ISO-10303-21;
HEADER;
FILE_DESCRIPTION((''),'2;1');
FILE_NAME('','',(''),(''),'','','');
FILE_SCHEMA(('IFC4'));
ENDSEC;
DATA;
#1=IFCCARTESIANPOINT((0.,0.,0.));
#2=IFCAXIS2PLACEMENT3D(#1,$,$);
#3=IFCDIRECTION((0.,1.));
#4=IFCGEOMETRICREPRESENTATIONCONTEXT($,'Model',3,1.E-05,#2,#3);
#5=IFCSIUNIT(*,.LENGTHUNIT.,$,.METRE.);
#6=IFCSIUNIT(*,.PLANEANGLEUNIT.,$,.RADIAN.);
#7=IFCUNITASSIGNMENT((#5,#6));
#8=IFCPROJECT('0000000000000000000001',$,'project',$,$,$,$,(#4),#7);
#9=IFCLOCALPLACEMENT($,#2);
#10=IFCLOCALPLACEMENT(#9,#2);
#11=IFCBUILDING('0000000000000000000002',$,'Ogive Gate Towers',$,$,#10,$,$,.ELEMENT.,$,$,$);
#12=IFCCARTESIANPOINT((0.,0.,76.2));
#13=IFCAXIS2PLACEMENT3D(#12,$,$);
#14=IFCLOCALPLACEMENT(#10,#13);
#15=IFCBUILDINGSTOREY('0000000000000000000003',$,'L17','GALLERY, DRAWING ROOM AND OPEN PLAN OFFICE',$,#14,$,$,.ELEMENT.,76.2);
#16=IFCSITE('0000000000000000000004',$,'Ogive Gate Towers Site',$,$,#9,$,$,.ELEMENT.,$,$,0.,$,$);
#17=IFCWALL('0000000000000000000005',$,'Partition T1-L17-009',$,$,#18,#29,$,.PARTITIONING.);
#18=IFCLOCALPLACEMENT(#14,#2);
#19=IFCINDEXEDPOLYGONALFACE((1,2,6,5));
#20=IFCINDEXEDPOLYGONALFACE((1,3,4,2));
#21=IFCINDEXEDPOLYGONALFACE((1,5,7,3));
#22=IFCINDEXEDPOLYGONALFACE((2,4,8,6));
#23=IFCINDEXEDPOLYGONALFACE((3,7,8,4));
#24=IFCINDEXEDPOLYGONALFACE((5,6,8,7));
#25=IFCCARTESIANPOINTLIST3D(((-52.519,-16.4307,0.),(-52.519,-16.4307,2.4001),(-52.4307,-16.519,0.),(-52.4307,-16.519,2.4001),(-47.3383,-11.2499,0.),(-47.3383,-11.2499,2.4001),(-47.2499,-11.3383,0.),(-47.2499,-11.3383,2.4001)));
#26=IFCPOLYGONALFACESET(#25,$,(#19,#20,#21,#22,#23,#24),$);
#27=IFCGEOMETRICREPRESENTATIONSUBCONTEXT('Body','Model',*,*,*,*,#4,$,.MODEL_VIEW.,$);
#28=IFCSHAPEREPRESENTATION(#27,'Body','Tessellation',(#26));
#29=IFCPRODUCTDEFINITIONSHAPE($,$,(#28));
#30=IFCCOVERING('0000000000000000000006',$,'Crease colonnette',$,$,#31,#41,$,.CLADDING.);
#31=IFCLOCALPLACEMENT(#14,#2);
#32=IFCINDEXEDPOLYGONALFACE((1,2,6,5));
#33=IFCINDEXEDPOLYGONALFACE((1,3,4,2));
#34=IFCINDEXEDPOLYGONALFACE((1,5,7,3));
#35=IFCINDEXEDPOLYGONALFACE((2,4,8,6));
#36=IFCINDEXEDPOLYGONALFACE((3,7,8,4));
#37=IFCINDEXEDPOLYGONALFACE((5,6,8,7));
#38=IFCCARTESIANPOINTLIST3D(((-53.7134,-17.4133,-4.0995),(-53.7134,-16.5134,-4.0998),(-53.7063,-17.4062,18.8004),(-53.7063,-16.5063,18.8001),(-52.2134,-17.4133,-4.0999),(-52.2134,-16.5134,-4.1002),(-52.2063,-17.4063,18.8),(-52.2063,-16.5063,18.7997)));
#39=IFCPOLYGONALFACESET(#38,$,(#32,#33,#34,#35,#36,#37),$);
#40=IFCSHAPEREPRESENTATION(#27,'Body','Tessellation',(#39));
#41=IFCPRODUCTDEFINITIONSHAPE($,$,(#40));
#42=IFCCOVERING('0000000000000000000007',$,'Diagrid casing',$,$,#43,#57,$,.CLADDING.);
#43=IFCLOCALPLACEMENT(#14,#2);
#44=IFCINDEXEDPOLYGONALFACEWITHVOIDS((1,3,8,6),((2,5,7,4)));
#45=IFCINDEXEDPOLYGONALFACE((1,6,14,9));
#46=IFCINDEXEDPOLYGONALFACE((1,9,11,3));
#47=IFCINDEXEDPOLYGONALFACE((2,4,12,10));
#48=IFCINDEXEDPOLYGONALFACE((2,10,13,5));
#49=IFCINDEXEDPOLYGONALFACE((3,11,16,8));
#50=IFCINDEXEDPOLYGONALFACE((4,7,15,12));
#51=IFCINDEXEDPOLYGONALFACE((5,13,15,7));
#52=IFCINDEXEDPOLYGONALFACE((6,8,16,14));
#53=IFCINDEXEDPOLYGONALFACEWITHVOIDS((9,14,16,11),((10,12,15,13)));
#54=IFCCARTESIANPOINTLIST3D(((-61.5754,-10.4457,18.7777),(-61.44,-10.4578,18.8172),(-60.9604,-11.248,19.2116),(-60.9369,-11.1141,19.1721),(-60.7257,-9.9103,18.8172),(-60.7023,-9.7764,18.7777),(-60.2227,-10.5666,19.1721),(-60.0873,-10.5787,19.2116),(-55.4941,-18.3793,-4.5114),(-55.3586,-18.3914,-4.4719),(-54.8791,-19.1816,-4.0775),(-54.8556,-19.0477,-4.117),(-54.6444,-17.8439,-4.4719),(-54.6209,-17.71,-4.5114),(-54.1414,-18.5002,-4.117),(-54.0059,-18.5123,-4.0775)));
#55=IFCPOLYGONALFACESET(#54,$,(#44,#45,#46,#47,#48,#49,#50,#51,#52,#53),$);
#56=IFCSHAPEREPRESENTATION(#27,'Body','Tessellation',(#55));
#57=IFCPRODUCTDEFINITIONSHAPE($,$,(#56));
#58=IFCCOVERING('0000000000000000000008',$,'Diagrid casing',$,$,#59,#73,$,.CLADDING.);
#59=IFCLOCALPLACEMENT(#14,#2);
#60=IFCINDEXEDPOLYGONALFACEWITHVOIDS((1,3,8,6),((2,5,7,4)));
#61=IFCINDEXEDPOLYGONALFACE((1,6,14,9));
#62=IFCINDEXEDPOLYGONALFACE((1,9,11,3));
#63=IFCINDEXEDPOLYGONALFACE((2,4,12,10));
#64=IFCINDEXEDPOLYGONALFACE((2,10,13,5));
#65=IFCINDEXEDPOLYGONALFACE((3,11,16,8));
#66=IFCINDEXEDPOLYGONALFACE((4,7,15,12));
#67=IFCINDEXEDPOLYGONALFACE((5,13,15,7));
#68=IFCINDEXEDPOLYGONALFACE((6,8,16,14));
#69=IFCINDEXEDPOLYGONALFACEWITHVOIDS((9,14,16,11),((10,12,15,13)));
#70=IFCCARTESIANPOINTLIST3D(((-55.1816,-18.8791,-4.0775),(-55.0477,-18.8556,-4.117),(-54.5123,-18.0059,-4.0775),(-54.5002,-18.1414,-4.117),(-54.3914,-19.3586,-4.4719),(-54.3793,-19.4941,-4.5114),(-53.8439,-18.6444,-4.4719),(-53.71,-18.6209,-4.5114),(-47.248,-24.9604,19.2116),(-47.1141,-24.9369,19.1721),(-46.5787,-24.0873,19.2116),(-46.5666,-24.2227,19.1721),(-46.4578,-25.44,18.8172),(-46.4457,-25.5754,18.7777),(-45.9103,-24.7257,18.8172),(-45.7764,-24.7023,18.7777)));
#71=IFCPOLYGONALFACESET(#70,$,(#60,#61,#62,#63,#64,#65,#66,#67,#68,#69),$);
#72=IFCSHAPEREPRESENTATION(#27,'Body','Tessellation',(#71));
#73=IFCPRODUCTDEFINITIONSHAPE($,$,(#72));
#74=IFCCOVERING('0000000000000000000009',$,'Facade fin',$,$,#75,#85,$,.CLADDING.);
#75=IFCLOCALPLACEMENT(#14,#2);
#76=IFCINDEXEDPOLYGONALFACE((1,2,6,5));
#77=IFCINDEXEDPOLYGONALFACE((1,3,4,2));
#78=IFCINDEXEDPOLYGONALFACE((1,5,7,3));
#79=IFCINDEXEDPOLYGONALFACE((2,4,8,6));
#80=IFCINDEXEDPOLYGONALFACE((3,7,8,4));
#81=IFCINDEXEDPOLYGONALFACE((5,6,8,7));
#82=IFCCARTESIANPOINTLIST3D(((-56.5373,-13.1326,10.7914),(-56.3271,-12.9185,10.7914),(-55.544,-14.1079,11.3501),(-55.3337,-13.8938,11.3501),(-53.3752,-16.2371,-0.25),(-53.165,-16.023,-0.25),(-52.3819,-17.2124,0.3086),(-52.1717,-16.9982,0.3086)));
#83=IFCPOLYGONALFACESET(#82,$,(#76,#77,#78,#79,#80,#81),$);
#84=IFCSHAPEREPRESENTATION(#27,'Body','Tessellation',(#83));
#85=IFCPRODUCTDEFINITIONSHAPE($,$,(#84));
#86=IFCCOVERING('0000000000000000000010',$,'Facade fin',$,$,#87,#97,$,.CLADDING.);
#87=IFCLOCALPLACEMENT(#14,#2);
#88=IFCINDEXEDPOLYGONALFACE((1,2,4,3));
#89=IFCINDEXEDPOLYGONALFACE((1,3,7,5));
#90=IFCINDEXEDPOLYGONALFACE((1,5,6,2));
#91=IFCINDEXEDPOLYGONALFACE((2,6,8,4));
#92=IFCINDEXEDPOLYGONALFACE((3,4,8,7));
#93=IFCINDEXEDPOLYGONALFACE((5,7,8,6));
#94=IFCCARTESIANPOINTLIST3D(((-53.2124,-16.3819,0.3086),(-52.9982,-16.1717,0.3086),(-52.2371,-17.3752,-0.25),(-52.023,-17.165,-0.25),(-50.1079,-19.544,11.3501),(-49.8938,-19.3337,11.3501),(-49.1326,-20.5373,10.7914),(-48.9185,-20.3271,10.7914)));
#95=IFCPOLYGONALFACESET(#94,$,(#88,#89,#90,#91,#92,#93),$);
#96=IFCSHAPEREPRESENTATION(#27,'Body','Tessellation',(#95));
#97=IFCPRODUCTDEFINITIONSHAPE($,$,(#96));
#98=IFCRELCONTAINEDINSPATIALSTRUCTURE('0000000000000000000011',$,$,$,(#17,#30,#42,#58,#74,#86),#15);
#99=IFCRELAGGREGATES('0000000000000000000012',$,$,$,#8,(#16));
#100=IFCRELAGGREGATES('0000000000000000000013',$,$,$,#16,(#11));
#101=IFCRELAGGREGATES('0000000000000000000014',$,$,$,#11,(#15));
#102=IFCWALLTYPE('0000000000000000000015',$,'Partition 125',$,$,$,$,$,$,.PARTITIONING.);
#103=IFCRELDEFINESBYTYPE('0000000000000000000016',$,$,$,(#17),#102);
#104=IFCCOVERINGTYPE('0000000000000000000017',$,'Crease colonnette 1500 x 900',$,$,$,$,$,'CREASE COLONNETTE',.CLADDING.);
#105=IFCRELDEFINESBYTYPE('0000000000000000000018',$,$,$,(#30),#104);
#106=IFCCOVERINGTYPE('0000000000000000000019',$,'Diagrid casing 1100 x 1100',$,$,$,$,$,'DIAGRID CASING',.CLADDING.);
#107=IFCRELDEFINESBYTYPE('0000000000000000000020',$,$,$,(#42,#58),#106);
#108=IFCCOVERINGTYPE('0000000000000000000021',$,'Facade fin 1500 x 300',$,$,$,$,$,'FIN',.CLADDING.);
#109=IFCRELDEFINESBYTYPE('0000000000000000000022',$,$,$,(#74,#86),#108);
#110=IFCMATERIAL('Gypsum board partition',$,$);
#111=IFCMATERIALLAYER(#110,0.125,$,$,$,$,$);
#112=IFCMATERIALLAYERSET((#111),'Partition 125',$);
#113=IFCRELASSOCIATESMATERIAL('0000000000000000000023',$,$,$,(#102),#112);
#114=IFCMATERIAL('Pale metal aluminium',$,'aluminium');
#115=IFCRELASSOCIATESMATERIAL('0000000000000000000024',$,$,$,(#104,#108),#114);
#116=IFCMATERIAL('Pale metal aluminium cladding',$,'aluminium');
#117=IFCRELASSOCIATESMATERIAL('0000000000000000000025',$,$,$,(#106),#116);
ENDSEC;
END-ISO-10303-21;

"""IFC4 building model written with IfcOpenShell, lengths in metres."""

from ifc_helpers import new_model, si_unit, direction, frame, frame_2d, origin, origin_2d, place, context, subcontext, project, spatial, rectangle, hollow_rectangle, extrude, material, layer, layer_set, material_profile, profile_set, type_object, element, save


model = new_model("IFC4")

# Units and contexts
model_context = context("Model", 3, precision=1e-05, world=origin(), true_north=direction((0.0, 1.0)))
body_context = subcontext(model_context, "Body", "Model", "MODEL_VIEW")
ifc_project = project(units=[si_unit("LENGTHUNIT", "METRE"), si_unit("PLANEANGLEUNIT", "RADIAN")], contexts=[model_context])

# Site, building, storey
site_placement = place(None, origin())
site = spatial("IfcSite", under=ifc_project, at=site_placement, Name="Ogive Gate Towers Site", CompositionType="ELEMENT", RefElevation=0.0)
building_placement = place(site_placement, origin())
building = spatial("IfcBuilding", under=site, at=building_placement, Name="Ogive Gate Towers", CompositionType="ELEMENT")
storey_placement = place(building_placement, frame((0.0, 0.0, 76.2)))
storey = spatial("IfcBuildingStorey", under=building, at=storey_placement, Name="L17", Description="GALLERY, DRAWING ROOM AND OPEN PLAN OFFICE", CompositionType="ELEMENT", Elevation=76.2)

# Shared definitions
ifc_material_1 = material(Name="Pale metal aluminium", Category="aluminium")

# Wall
ifc_material_2 = material(Name="Gypsum board partition")
ifc_layer_1 = layer(ifc_material_2, 0.125)
ifc_layer_set_1 = layer_set([ifc_layer_1], Name="Partition 125")
wall_type = type_object("IfcWallType", Name="Partition 125", PredefinedType="PARTITIONING", material=ifc_layer_set_1)
wall_placement = place(storey_placement, frame((-52.4749, -16.4749, 0.0), z_axis=(0.0, 0.0, 1.0), x_axis=(0.707107, 0.707107, 0.0)))
element("IfcWall", 1, at=wall_placement, inside=storey, type_object=wall_type, Name="Partition T1-L17-009", PredefinedType="PARTITIONING", context=body_context, shape_type="SweptSolid", body=[
    extrude(rectangle(XDim=7.3267, YDim=0.125, at=frame_2d((3.6633, 0.0))), origin(), (0.0, 0.0, 1.0), 2.4001),
])

# Coverings
ifc_material_profile_1 = material_profile(ifc_material_1, rectangle(XDim=1.5, YDim=0.8999, at=origin_2d()), Name="1500 x 900 pale metal aluminium")
ifc_profile_set_1 = profile_set([ifc_material_profile_1], Name="Pale metal aluminium")
covering_type_1 = type_object("IfcCoveringType", Name="Crease colonnette 1500 x 900", ElementType="CREASE COLONNETTE", PredefinedType="CLADDING", material=ifc_profile_set_1)
covering_placement = place(storey_placement, frame((-52.9634, -16.9634, -4.0999), z_axis=(0.000309, 0.000309, 1.0), x_axis=(1.0, 0.0, 0.0)))
element("IfcCovering", 2, at=covering_placement, inside=storey, type_object=covering_type_1, Name="Crease colonnette", PredefinedType="CLADDING", context=body_context, shape_type="SweptSolid", body=[
    extrude(rectangle(XDim=1.5, YDim=0.8999, at=origin_2d()), origin(), (0.0, 0.0, 1.0), 22.8999),
])
ifc_material_3 = material(Name="Pale metal aluminium cladding", Category="aluminium")
ifc_material_profile_2 = material_profile(ifc_material_3, hollow_rectangle(XDim=1.1001, YDim=1.1001, WallThickness=0.1001, at=origin_2d()), Name="1100 x 1100 pale metal casing")
ifc_profile_set_2 = profile_set([ifc_material_profile_2], Name="Pale metal aluminium cladding")
covering_type_2 = type_object("IfcCoveringType", Name="Diagrid casing 1100 x 1100", ElementType="DIAGRID CASING", PredefinedType="CLADDING", material=ifc_profile_set_2)
for number, where, z_axis, x_axis, name in (
    (3, (-54.75, -18.4458, -4.2944), (-0.239953, 0.31304, 0.918928), (-0.793661, -0.608361, 0.0), "Diagrid casing"),
    (4, (-54.4458, -18.75, -4.2944), (0.31304, -0.239953, 0.918928), (0.608361, 0.793661, 0.0), "Diagrid casing"),
):
    element("IfcCovering", number, at=place(storey_placement, frame(where, z_axis=z_axis, x_axis=x_axis)), inside=storey, type_object=covering_type_2, Name=name, PredefinedType="CLADDING", context=body_context, shape_type="SweptSolid", body=[
        extrude(hollow_rectangle(XDim=1.1001, YDim=1.1001, WallThickness=0.1001, at=origin_2d()), origin(), (0.0, 0.0, 1.0), 25.3438),
    ])
ifc_material_profile_3 = material_profile(ifc_material_1, rectangle(XDim=0.3, YDim=1.5, at=origin_2d()), Name="1500 x 300 pale metal aluminium")
ifc_profile_set_3 = profile_set([ifc_material_profile_3], Name="Pale metal aluminium")
covering_type_3 = type_object("IfcCoveringType", Name="Facade fin 1500 x 300", ElementType="FIN", PredefinedType="CLADDING", material=ifc_profile_set_3)
for number, where, z_axis, x_axis, name in (
    (5, (-52.7734, -16.6177, 0.0293), (-0.265778, 0.260935, 0.928049), (-0.700576, -0.713578, 0.0), "Facade fin"),
    (6, (-52.6177, -16.7734, 0.0293), (0.260935, -0.265778, 0.928049), (0.713578, 0.700576, 0.0), "Facade fin"),
):
    element("IfcCovering", number, at=place(storey_placement, frame(where, z_axis=z_axis, x_axis=x_axis)), inside=storey, type_object=covering_type_3, Name=name, PredefinedType="CLADDING", context=body_context, shape_type="SweptSolid", body=[
        extrude(rectangle(XDim=0.3, YDim=1.5, at=origin_2d()), origin(), (0.0, 0.0, 1.0), 11.8975),
    ])

save(model, "model.ifc")
